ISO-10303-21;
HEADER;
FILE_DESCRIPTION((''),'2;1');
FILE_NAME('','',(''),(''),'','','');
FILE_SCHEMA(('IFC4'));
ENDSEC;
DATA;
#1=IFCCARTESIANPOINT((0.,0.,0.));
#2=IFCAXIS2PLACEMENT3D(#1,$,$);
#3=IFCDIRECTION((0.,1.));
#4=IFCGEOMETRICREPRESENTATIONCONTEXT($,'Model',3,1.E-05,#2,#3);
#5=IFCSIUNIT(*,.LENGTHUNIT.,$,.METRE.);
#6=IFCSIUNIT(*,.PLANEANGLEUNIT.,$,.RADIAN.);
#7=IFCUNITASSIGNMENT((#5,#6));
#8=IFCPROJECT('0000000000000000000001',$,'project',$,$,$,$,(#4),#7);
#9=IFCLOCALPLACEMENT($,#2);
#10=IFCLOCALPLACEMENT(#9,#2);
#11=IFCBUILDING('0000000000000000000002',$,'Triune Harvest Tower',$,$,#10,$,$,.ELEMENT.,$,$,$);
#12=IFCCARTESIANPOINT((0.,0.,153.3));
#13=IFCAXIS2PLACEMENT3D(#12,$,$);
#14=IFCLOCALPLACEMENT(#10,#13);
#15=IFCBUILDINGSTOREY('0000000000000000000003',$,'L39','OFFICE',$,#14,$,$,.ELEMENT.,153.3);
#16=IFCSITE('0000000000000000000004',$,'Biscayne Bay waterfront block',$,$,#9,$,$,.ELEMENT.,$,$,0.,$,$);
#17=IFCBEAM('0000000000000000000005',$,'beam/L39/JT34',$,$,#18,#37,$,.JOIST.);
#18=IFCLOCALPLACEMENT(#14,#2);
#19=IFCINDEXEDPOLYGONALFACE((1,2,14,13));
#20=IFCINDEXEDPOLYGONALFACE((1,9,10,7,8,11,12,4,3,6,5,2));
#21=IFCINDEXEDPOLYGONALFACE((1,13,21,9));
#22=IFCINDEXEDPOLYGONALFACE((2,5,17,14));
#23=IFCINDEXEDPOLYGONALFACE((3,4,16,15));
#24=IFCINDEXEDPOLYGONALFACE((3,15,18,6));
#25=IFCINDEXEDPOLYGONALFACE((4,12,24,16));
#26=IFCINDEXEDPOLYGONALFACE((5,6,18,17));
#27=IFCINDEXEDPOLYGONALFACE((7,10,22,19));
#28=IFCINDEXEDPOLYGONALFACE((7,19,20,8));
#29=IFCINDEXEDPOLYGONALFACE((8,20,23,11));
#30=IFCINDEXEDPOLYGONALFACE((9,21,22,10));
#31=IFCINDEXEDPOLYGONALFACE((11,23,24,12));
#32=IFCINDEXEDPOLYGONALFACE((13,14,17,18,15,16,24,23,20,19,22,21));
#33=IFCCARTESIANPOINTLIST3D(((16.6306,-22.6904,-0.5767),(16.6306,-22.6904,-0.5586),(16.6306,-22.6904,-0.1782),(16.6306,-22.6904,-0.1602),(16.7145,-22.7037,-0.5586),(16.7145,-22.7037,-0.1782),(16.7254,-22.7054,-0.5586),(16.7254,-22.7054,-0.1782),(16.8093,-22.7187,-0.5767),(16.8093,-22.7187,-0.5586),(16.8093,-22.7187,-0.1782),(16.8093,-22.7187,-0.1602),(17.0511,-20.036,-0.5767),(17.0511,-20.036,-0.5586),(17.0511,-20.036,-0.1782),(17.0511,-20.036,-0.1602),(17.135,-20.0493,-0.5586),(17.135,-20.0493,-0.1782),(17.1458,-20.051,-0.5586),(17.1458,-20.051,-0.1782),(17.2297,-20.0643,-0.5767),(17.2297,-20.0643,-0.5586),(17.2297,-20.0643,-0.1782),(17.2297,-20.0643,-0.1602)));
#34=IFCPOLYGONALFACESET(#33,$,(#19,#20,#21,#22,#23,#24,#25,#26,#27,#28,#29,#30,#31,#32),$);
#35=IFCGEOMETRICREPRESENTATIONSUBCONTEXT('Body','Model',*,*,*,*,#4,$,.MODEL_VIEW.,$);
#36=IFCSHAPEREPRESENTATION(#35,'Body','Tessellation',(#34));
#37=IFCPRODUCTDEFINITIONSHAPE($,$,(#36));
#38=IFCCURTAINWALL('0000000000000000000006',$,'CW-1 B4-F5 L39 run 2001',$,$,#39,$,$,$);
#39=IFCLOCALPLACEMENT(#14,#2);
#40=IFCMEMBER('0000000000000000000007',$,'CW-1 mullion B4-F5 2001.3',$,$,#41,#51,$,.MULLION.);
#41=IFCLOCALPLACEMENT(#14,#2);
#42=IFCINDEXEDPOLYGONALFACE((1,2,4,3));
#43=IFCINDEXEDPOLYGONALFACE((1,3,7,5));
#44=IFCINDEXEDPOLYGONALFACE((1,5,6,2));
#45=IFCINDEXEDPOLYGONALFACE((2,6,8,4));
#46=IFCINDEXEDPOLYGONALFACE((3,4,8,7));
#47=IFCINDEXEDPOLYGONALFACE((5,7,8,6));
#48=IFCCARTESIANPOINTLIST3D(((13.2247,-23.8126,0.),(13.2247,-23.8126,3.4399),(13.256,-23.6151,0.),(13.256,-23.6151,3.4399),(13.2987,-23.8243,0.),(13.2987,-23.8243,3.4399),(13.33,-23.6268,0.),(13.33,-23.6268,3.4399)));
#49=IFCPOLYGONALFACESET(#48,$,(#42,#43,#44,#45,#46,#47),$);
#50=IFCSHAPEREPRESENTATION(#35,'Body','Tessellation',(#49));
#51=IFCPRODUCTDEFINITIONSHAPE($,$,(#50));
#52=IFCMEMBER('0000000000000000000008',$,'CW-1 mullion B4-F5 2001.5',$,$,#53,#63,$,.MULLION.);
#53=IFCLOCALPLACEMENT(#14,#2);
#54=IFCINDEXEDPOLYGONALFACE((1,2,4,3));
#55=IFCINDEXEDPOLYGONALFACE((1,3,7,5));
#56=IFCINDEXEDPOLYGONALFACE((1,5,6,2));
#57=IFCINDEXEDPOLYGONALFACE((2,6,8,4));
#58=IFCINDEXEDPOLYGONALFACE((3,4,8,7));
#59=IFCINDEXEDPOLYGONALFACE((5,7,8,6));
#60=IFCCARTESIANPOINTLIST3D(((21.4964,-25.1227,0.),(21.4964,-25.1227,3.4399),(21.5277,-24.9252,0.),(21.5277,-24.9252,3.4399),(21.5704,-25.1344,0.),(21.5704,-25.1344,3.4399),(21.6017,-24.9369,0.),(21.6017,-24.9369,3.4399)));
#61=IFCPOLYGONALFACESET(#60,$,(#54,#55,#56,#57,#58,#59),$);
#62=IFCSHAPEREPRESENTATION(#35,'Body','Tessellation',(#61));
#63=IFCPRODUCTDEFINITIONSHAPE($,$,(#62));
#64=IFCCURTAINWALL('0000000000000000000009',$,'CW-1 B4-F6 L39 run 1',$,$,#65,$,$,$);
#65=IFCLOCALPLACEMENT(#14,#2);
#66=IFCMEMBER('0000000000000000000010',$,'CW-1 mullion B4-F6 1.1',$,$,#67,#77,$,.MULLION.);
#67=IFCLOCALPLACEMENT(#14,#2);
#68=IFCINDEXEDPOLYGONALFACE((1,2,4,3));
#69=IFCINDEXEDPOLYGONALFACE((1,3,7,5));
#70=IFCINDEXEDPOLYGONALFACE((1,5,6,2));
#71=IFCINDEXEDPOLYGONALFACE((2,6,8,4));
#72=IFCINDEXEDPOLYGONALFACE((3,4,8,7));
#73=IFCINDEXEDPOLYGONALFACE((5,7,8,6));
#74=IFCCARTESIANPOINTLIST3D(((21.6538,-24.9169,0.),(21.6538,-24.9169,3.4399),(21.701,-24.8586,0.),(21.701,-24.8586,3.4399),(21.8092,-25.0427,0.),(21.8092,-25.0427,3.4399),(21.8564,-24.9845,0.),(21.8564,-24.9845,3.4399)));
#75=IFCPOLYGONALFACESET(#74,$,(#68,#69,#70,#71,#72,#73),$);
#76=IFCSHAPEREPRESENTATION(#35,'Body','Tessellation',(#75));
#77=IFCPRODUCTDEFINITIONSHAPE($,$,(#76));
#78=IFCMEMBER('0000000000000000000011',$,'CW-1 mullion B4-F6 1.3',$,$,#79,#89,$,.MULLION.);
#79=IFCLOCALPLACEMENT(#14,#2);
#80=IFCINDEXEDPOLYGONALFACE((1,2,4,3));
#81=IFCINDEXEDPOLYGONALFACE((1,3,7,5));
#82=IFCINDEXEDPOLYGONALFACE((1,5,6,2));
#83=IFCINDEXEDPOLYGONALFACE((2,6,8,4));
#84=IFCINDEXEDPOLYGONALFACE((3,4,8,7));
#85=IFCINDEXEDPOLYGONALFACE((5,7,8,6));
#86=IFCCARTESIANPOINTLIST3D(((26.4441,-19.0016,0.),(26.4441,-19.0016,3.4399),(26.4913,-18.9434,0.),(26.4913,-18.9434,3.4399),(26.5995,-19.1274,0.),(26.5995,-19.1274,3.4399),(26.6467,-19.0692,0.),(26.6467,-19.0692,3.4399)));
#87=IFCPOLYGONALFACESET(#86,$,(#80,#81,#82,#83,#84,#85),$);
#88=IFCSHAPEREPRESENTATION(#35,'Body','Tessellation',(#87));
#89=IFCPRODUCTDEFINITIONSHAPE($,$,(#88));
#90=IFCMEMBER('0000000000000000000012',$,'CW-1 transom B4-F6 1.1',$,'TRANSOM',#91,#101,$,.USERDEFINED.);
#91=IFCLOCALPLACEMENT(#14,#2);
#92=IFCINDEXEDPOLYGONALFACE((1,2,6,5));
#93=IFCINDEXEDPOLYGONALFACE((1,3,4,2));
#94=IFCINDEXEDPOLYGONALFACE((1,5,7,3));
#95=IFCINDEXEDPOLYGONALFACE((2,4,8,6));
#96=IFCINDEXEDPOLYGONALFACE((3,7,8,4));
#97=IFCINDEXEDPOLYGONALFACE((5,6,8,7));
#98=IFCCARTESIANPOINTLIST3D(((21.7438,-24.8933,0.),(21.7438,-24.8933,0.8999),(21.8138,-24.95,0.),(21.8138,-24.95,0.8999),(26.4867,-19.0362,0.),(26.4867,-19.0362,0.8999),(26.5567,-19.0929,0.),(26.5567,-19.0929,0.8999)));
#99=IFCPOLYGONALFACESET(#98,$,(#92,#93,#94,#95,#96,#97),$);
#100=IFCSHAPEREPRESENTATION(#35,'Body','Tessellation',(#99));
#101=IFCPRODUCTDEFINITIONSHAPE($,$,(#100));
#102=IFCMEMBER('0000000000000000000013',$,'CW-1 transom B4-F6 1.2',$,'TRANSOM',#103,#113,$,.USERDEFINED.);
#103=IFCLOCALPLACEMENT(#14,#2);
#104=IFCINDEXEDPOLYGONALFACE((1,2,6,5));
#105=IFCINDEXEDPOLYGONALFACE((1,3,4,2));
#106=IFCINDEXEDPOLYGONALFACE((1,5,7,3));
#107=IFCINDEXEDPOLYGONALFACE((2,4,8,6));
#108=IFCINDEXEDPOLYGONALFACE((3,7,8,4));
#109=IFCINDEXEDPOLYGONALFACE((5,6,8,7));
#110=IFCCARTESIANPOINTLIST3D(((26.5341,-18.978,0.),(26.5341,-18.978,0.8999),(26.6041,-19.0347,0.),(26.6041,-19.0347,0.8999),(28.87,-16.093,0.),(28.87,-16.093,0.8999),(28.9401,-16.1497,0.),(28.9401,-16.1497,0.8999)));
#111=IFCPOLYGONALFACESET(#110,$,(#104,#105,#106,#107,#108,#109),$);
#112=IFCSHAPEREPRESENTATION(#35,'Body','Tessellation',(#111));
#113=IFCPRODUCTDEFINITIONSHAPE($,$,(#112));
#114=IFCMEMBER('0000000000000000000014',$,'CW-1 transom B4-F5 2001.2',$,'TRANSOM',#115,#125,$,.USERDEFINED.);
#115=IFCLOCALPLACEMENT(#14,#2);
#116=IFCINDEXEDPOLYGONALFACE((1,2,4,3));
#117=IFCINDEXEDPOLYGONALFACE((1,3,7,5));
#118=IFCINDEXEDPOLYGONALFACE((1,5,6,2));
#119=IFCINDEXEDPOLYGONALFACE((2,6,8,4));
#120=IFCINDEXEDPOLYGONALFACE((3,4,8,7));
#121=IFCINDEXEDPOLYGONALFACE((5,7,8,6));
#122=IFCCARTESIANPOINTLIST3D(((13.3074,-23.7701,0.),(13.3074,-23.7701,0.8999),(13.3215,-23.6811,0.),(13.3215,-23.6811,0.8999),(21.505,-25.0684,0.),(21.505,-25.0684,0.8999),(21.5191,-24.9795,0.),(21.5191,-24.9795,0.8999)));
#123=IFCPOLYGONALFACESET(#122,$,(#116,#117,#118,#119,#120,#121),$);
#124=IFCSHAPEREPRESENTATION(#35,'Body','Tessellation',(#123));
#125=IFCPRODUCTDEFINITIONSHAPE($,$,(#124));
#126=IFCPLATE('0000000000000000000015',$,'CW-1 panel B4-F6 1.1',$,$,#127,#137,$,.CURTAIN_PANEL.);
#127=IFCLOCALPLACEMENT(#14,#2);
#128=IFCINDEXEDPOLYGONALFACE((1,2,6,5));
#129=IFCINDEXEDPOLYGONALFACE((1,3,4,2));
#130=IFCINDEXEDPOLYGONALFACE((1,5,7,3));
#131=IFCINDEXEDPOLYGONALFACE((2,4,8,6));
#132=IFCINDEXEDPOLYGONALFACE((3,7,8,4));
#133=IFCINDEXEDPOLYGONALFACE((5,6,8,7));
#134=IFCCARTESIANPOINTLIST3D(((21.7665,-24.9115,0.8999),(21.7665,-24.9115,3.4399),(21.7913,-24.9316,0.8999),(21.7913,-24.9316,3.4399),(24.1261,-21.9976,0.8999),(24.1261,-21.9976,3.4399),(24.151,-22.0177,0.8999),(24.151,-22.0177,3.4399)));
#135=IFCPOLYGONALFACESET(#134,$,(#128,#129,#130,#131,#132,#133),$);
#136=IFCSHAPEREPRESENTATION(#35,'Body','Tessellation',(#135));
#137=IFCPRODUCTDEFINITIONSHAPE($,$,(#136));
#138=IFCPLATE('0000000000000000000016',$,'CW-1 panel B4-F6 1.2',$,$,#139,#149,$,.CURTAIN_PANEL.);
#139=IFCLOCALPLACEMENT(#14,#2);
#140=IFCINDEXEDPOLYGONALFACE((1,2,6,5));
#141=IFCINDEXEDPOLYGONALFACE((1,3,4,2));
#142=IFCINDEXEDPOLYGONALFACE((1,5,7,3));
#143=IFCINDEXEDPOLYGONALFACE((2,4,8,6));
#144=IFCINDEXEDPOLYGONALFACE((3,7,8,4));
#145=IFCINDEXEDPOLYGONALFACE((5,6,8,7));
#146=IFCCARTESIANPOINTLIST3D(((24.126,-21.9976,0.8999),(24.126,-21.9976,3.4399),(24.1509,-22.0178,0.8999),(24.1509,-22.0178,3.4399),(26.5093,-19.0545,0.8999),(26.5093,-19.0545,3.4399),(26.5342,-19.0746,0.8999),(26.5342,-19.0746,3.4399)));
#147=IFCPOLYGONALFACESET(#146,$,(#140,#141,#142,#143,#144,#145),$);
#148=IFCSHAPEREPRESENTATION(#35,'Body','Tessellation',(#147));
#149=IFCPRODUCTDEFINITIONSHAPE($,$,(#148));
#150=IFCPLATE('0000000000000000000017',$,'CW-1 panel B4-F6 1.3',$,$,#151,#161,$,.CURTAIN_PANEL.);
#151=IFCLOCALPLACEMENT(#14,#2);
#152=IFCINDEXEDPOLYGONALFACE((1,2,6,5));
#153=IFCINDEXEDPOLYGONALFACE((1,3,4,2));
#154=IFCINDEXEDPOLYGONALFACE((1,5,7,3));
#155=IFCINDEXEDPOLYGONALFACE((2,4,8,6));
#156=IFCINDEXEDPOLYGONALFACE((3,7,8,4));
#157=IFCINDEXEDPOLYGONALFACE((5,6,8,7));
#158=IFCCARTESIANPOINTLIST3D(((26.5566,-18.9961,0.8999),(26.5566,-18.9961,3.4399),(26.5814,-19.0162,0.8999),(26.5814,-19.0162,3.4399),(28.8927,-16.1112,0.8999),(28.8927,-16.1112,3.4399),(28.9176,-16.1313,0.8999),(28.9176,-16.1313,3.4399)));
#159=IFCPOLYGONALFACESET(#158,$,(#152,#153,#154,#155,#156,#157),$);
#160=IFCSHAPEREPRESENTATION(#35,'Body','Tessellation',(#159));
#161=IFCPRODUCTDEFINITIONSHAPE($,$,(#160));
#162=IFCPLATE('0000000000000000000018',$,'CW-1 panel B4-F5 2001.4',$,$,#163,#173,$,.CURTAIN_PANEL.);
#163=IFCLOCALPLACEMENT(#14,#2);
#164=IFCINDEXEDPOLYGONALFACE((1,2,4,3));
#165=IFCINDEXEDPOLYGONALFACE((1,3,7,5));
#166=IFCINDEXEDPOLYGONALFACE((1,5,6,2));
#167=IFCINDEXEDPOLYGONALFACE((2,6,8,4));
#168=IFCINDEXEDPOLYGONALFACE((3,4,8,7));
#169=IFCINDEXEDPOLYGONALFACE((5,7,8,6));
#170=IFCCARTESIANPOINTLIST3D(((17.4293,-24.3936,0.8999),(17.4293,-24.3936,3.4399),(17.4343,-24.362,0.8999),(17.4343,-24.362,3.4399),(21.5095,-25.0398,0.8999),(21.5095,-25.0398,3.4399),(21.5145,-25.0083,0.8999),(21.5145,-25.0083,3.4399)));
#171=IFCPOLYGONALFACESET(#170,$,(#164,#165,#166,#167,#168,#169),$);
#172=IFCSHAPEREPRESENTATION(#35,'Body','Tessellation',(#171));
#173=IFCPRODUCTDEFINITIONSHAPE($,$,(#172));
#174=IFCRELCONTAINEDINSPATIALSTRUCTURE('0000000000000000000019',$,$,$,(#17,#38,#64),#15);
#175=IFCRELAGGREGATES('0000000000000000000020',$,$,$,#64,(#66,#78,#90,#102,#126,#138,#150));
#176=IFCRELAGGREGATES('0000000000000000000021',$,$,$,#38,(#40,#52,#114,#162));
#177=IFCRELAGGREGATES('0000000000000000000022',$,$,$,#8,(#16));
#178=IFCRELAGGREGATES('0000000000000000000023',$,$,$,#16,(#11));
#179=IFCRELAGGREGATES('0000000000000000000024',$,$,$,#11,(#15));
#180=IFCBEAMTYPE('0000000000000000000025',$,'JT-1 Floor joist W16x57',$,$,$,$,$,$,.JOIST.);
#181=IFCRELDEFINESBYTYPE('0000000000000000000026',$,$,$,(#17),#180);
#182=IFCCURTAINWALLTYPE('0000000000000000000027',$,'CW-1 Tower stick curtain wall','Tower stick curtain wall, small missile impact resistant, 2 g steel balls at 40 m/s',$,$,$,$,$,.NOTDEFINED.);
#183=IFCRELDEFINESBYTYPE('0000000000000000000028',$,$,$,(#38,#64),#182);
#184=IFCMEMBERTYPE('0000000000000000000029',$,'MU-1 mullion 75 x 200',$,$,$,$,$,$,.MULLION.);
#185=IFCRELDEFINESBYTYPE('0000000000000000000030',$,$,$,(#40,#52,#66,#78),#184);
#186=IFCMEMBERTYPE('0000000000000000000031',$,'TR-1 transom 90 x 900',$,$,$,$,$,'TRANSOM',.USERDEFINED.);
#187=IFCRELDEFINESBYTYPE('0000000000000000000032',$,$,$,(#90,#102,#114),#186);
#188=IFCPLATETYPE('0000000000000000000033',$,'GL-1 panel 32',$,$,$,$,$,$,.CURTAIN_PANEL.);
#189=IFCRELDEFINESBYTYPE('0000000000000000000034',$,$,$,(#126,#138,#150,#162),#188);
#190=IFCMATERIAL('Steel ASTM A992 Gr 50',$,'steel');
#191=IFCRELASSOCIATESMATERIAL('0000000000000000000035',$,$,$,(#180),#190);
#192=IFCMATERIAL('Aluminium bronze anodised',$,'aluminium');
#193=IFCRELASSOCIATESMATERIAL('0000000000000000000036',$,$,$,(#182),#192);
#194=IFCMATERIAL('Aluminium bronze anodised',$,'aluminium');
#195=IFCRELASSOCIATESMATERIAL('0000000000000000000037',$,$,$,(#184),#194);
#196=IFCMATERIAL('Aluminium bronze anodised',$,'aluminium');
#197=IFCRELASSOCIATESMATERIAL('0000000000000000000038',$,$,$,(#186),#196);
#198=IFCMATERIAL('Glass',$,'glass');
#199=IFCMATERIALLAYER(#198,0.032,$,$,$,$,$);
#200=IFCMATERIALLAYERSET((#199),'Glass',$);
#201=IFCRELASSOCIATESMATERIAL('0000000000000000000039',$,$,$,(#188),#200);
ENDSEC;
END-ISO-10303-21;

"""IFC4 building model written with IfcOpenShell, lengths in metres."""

from ifc_helpers import new_model, si_unit, direction, frame, origin, origin_2d, place, context, subcontext, project, spatial, rectangle, i_section, extrude, source, transform, mapped, material, layer, layer_set, material_profile, profile_set, type_object, element, aggregate, save


model = new_model("IFC4")

# Units and contexts
model_context = context("Model", 3, precision=1e-05, world=origin(), true_north=direction((0.0, 1.0)))
body_context = subcontext(model_context, "Body", "Model", "MODEL_VIEW")
ifc_project = project(units=[si_unit("LENGTHUNIT", "METRE"), si_unit("PLANEANGLEUNIT", "RADIAN")], contexts=[model_context])

# Site, building, storey
site_placement = place(None, origin())
site = spatial("IfcSite", under=ifc_project, at=site_placement, Name="Biscayne Bay waterfront block", CompositionType="ELEMENT", RefElevation=0.0)
building_placement = place(site_placement, origin())
building = spatial("IfcBuilding", under=site, at=building_placement, Name="Triune Harvest Tower", CompositionType="ELEMENT")
storey_placement = place(building_placement, frame((0.0, 0.0, 153.3)))
storey = spatial("IfcBuildingStorey", under=building, at=storey_placement, Name="L39", Description="OFFICE", CompositionType="ELEMENT", Elevation=153.3)

# Beam
ifc_material_1 = material(Name="Steel ASTM A992 Gr 50", Category="steel")
ifc_material_profile_1 = material_profile(ifc_material_1, i_section(OverallWidth=0.1809, OverallDepth=0.4165, WebThickness=0.011, FlangeThickness=0.0181, at=origin_2d()), Name="W16x57")
ifc_profile_set_1 = profile_set([ifc_material_profile_1], Name="Steel ASTM A992 Gr 50")
beam_type_1 = type_object("IfcBeamType", Name="JT-1 Floor joist W16x57", PredefinedType="JOIST", material=ifc_profile_set_1)
shared_shape_1 = source(origin(), body_context, "Body", "SweptSolid", [
    extrude(i_section(OverallWidth=0.1809, OverallDepth=0.4165, WebThickness=0.011, FlangeThickness=0.0181, at=origin_2d()), origin(), (0.0, 0.0, 1.0), 2.6875),
])
beam_1_placement = place(storey_placement, frame((16.72, -22.7046, -0.3684), z_axis=(0.156438, 0.987688, 0.0), x_axis=(-0.987688, 0.156438, 0.0)))
element("IfcBeam", 1, at=beam_1_placement, inside=storey, type_object=beam_type_1, Name="beam/L39/JT34", PredefinedType="JOIST", context=body_context, shape_type="MappedRepresentation", body=[
    mapped(shared_shape_1, transform((0.0, 0.0, 0.0), scale=1.0)),
])

# Curtain walls, members
ifc_material_2 = material(Name="Aluminium bronze anodised", Category="aluminium")
curtain_wall_type = type_object("IfcCurtainWallType", Name="CW-1 Tower stick curtain wall", Description="Tower stick curtain wall, small missile impact resistant, 2 g steel balls at 40 m/s", PredefinedType="NOTDEFINED", material=ifc_material_2)
curtain_wall_1_placement = place(storey_placement, origin())
curtain_wall_1 = element("IfcCurtainWall", 2, at=curtain_wall_1_placement, inside=storey, type_object=curtain_wall_type, Name="CW-1 B4-F5 L39 run 2001")
ifc_material_3 = material(Name="Aluminium bronze anodised", Category="aluminium")
ifc_material_profile_2 = material_profile(ifc_material_3, rectangle(XDim=0.2, YDim=0.075, at=origin_2d()), Name="MU-1 mullion 75 x 200")
ifc_profile_set_2 = profile_set([ifc_material_profile_2], Name="Aluminium bronze anodised")
member_type_1 = type_object("IfcMemberType", Name="MU-1 mullion 75 x 200", PredefinedType="MULLION", material=ifc_profile_set_2)
shared_shape_2 = source(origin(), body_context, "Body", "SweptSolid", [
    extrude(rectangle(XDim=0.2, YDim=0.075, at=origin_2d()), origin(), (0.0, 0.0, 1.0), 3.4399),
])
member_1_placement = place(storey_placement, frame((13.2773, -23.7197, 0.0), z_axis=(0.0, 0.0, 1.0), x_axis=(0.156433, 0.987689, 0.0)))
member_1 = element("IfcMember", 3, at=member_1_placement, type_object=member_type_1, Name="CW-1 mullion B4-F5 2001.3", PredefinedType="MULLION", context=body_context, shape_type="MappedRepresentation", body=[
    mapped(shared_shape_2, transform((0.0, 0.0, 0.0), scale=1.0)),
])
member_2_placement = place(storey_placement, frame((21.5491, -25.0298, 0.0), z_axis=(0.0, 0.0, 1.0), x_axis=(0.156433, 0.987689, 0.0)))
member_2 = element("IfcMember", 4, at=member_2_placement, type_object=member_type_1, Name="CW-1 mullion B4-F5 2001.5", PredefinedType="MULLION", context=body_context, shape_type="MappedRepresentation", body=[
    mapped(shared_shape_2, transform((0.0, 0.0, 0.0), scale=1.0)),
])
curtain_wall_2_placement = place(storey_placement, origin())
curtain_wall_2 = element("IfcCurtainWall", 5, at=curtain_wall_2_placement, inside=storey, type_object=curtain_wall_type, Name="CW-1 B4-F6 L39 run 1")
member_3_placement = place(storey_placement, frame((21.7551, -24.9507, 0.0), z_axis=(0.0, 0.0, 1.0), x_axis=(-0.777146, 0.629321, 0.0)))
member_3 = element("IfcMember", 6, at=member_3_placement, type_object=member_type_1, Name="CW-1 mullion B4-F6 1.1", PredefinedType="MULLION", context=body_context, shape_type="MappedRepresentation", body=[
    mapped(shared_shape_2, transform((0.0, 0.0, 0.0), scale=1.0)),
])
member_4_placement = place(storey_placement, frame((26.5454, -19.0354, 0.0), z_axis=(0.0, 0.0, 1.0), x_axis=(-0.777146, 0.629321, 0.0)))
member_4 = element("IfcMember", 7, at=member_4_placement, type_object=member_type_1, Name="CW-1 mullion B4-F6 1.3", PredefinedType="MULLION", context=body_context, shape_type="MappedRepresentation", body=[
    mapped(shared_shape_2, transform((0.0, 0.0, 0.0), scale=1.0)),
])
ifc_material_4 = material(Name="Aluminium bronze anodised", Category="aluminium")
ifc_material_profile_3 = material_profile(ifc_material_4, rectangle(XDim=0.0901, YDim=0.8999, at=origin_2d()), Name="TR-1 transom 90 x 900")
ifc_profile_set_3 = profile_set([ifc_material_profile_3], Name="Aluminium bronze anodised")
member_type_2 = type_object("IfcMemberType", Name="TR-1 transom 90 x 900", ElementType="TRANSOM", PredefinedType="USERDEFINED", material=ifc_profile_set_3)
shared_shape_3 = source(origin(), body_context, "Body", "SweptSolid", [
    extrude(rectangle(XDim=0.0901, YDim=0.8999, at=origin_2d()), origin(), (0.0, 0.0, 1.0), 7.5366),
])
member_5_placement = place(storey_placement, frame((21.7788, -24.9216, 0.45), z_axis=(0.62931, 0.777154, 0.0), x_axis=(-0.777154, 0.62931, 0.0)))
member_5 = element("IfcMember", 8, at=member_5_placement, type_object=member_type_2, Name="CW-1 transom B4-F6 1.1", ObjectType="TRANSOM", PredefinedType="USERDEFINED", context=body_context, shape_type="MappedRepresentation", body=[
    mapped(shared_shape_3, transform((0.0, 0.0, 0.0), scale=1.0)),
])
shared_shape_4 = source(origin(), body_context, "Body", "SweptSolid", [
    extrude(rectangle(XDim=0.0901, YDim=0.8999, at=origin_2d()), origin(), (0.0, 0.0, 1.0), 3.7122),
])
member_6_placement = place(storey_placement, frame((26.5691, -19.0063, 0.45), z_axis=(0.629272, 0.777185, 0.0), x_axis=(-0.777185, 0.629272, 0.0)))
member_6 = element("IfcMember", 9, at=member_6_placement, type_object=member_type_2, Name="CW-1 transom B4-F6 1.2", ObjectType="TRANSOM", PredefinedType="USERDEFINED", context=body_context, shape_type="MappedRepresentation", body=[
    mapped(shared_shape_4, transform((0.0, 0.0, 0.0), scale=1.0)),
])

# Member
shared_shape_5 = source(origin(), body_context, "Body", "SweptSolid", [
    extrude(rectangle(XDim=0.0901, YDim=0.8999, at=origin_2d()), origin(), (0.0, 0.0, 1.0), 8.2998),
])
member_7_placement = place(storey_placement, frame((13.3145, -23.7256, 0.45), z_axis=(0.987689, -0.156432, 0.0), x_axis=(0.156432, 0.987689, 0.0)))
member_7 = element("IfcMember", 10, at=member_7_placement, type_object=member_type_2, Name="CW-1 transom B4-F5 2001.2", ObjectType="TRANSOM", PredefinedType="USERDEFINED", context=body_context, shape_type="MappedRepresentation", body=[
    mapped(shared_shape_5, transform((0.0, 0.0, 0.0), scale=1.0)),
])

# Plates
ifc_material_5 = material(Name="Glass", Category="glass")
ifc_layer_1 = layer(ifc_material_5, 0.032)
ifc_layer_set_1 = layer_set([ifc_layer_1], Name="Glass")
plate_type = type_object("IfcPlateType", Name="GL-1 panel 32", PredefinedType="CURTAIN_PANEL", material=ifc_layer_set_1)
shared_shape_6 = source(origin(), body_context, "Body", "SweptSolid", [
    extrude(rectangle(XDim=3.7495, YDim=0.032, at=origin_2d()), origin(), (0.0, 0.0, 1.0), 2.54),
])
plate_1_placement = place(storey_placement, frame((22.9587, -23.4646, 0.8999), z_axis=(0.0, 0.0, 1.0), x_axis=(0.629321, 0.777146, 0.0)))
plate_1 = element("IfcPlate", 11, at=plate_1_placement, type_object=plate_type, Name="CW-1 panel B4-F6 1.1", PredefinedType="CURTAIN_PANEL", context=body_context, shape_type="MappedRepresentation", body=[
    mapped(shared_shape_6, transform((0.0, 0.0, 0.0), scale=1.0)),
])
shared_shape_7 = source(origin(), body_context, "Body", "SweptSolid", [
    extrude(rectangle(XDim=3.7871, YDim=0.032, at=origin_2d()), origin(), (0.0, 0.0, 1.0), 2.54),
])
plate_2_placement = place(storey_placement, frame((25.3301, -20.5361, 0.8999), z_axis=(0.0, 0.0, 1.0), x_axis=(0.629321, 0.777146, 0.0)))
plate_2 = element("IfcPlate", 12, at=plate_2_placement, type_object=plate_type, Name="CW-1 panel B4-F6 1.2", PredefinedType="CURTAIN_PANEL", context=body_context, shape_type="MappedRepresentation", body=[
    mapped(shared_shape_7, transform((0.0, 0.0, 0.0), scale=1.0)),
])
shared_shape_8 = source(origin(), body_context, "Body", "SweptSolid", [
    extrude(rectangle(XDim=3.7122, YDim=0.032, at=origin_2d()), origin(), (0.0, 0.0, 1.0), 2.54),
])
plate_3_placement = place(storey_placement, frame((27.7371, -17.5637, 0.8999), z_axis=(0.0, 0.0, 1.0), x_axis=(0.629321, 0.777146, 0.0)))
plate_3 = element("IfcPlate", 13, at=plate_3_placement, type_object=plate_type, Name="CW-1 panel B4-F6 1.3", PredefinedType="CURTAIN_PANEL", context=body_context, shape_type="MappedRepresentation", body=[
    mapped(shared_shape_8, transform((0.0, 0.0, 0.0), scale=1.0)),
])
aggregate(curtain_wall_2, [member_3, member_4, member_5, member_6, plate_1, plate_2, plate_3])
shared_shape_9 = source(origin(), body_context, "Body", "SweptSolid", [
    extrude(rectangle(XDim=4.1311, YDim=0.032, at=origin_2d()), origin(), (0.0, 0.0, 1.0), 2.54),
])
plate_4_placement = place(storey_placement, frame((19.4719, -24.7009, 0.8999), z_axis=(0.0, 0.0, 1.0), x_axis=(0.987689, -0.156433, 0.0)))
plate_4 = element("IfcPlate", 14, at=plate_4_placement, type_object=plate_type, Name="CW-1 panel B4-F5 2001.4", PredefinedType="CURTAIN_PANEL", context=body_context, shape_type="MappedRepresentation", body=[
    mapped(shared_shape_9, transform((0.0, 0.0, 0.0), scale=1.0)),
])
aggregate(curtain_wall_1, [member_1, member_2, member_7, plate_4])

save(model, "model.ifc")
